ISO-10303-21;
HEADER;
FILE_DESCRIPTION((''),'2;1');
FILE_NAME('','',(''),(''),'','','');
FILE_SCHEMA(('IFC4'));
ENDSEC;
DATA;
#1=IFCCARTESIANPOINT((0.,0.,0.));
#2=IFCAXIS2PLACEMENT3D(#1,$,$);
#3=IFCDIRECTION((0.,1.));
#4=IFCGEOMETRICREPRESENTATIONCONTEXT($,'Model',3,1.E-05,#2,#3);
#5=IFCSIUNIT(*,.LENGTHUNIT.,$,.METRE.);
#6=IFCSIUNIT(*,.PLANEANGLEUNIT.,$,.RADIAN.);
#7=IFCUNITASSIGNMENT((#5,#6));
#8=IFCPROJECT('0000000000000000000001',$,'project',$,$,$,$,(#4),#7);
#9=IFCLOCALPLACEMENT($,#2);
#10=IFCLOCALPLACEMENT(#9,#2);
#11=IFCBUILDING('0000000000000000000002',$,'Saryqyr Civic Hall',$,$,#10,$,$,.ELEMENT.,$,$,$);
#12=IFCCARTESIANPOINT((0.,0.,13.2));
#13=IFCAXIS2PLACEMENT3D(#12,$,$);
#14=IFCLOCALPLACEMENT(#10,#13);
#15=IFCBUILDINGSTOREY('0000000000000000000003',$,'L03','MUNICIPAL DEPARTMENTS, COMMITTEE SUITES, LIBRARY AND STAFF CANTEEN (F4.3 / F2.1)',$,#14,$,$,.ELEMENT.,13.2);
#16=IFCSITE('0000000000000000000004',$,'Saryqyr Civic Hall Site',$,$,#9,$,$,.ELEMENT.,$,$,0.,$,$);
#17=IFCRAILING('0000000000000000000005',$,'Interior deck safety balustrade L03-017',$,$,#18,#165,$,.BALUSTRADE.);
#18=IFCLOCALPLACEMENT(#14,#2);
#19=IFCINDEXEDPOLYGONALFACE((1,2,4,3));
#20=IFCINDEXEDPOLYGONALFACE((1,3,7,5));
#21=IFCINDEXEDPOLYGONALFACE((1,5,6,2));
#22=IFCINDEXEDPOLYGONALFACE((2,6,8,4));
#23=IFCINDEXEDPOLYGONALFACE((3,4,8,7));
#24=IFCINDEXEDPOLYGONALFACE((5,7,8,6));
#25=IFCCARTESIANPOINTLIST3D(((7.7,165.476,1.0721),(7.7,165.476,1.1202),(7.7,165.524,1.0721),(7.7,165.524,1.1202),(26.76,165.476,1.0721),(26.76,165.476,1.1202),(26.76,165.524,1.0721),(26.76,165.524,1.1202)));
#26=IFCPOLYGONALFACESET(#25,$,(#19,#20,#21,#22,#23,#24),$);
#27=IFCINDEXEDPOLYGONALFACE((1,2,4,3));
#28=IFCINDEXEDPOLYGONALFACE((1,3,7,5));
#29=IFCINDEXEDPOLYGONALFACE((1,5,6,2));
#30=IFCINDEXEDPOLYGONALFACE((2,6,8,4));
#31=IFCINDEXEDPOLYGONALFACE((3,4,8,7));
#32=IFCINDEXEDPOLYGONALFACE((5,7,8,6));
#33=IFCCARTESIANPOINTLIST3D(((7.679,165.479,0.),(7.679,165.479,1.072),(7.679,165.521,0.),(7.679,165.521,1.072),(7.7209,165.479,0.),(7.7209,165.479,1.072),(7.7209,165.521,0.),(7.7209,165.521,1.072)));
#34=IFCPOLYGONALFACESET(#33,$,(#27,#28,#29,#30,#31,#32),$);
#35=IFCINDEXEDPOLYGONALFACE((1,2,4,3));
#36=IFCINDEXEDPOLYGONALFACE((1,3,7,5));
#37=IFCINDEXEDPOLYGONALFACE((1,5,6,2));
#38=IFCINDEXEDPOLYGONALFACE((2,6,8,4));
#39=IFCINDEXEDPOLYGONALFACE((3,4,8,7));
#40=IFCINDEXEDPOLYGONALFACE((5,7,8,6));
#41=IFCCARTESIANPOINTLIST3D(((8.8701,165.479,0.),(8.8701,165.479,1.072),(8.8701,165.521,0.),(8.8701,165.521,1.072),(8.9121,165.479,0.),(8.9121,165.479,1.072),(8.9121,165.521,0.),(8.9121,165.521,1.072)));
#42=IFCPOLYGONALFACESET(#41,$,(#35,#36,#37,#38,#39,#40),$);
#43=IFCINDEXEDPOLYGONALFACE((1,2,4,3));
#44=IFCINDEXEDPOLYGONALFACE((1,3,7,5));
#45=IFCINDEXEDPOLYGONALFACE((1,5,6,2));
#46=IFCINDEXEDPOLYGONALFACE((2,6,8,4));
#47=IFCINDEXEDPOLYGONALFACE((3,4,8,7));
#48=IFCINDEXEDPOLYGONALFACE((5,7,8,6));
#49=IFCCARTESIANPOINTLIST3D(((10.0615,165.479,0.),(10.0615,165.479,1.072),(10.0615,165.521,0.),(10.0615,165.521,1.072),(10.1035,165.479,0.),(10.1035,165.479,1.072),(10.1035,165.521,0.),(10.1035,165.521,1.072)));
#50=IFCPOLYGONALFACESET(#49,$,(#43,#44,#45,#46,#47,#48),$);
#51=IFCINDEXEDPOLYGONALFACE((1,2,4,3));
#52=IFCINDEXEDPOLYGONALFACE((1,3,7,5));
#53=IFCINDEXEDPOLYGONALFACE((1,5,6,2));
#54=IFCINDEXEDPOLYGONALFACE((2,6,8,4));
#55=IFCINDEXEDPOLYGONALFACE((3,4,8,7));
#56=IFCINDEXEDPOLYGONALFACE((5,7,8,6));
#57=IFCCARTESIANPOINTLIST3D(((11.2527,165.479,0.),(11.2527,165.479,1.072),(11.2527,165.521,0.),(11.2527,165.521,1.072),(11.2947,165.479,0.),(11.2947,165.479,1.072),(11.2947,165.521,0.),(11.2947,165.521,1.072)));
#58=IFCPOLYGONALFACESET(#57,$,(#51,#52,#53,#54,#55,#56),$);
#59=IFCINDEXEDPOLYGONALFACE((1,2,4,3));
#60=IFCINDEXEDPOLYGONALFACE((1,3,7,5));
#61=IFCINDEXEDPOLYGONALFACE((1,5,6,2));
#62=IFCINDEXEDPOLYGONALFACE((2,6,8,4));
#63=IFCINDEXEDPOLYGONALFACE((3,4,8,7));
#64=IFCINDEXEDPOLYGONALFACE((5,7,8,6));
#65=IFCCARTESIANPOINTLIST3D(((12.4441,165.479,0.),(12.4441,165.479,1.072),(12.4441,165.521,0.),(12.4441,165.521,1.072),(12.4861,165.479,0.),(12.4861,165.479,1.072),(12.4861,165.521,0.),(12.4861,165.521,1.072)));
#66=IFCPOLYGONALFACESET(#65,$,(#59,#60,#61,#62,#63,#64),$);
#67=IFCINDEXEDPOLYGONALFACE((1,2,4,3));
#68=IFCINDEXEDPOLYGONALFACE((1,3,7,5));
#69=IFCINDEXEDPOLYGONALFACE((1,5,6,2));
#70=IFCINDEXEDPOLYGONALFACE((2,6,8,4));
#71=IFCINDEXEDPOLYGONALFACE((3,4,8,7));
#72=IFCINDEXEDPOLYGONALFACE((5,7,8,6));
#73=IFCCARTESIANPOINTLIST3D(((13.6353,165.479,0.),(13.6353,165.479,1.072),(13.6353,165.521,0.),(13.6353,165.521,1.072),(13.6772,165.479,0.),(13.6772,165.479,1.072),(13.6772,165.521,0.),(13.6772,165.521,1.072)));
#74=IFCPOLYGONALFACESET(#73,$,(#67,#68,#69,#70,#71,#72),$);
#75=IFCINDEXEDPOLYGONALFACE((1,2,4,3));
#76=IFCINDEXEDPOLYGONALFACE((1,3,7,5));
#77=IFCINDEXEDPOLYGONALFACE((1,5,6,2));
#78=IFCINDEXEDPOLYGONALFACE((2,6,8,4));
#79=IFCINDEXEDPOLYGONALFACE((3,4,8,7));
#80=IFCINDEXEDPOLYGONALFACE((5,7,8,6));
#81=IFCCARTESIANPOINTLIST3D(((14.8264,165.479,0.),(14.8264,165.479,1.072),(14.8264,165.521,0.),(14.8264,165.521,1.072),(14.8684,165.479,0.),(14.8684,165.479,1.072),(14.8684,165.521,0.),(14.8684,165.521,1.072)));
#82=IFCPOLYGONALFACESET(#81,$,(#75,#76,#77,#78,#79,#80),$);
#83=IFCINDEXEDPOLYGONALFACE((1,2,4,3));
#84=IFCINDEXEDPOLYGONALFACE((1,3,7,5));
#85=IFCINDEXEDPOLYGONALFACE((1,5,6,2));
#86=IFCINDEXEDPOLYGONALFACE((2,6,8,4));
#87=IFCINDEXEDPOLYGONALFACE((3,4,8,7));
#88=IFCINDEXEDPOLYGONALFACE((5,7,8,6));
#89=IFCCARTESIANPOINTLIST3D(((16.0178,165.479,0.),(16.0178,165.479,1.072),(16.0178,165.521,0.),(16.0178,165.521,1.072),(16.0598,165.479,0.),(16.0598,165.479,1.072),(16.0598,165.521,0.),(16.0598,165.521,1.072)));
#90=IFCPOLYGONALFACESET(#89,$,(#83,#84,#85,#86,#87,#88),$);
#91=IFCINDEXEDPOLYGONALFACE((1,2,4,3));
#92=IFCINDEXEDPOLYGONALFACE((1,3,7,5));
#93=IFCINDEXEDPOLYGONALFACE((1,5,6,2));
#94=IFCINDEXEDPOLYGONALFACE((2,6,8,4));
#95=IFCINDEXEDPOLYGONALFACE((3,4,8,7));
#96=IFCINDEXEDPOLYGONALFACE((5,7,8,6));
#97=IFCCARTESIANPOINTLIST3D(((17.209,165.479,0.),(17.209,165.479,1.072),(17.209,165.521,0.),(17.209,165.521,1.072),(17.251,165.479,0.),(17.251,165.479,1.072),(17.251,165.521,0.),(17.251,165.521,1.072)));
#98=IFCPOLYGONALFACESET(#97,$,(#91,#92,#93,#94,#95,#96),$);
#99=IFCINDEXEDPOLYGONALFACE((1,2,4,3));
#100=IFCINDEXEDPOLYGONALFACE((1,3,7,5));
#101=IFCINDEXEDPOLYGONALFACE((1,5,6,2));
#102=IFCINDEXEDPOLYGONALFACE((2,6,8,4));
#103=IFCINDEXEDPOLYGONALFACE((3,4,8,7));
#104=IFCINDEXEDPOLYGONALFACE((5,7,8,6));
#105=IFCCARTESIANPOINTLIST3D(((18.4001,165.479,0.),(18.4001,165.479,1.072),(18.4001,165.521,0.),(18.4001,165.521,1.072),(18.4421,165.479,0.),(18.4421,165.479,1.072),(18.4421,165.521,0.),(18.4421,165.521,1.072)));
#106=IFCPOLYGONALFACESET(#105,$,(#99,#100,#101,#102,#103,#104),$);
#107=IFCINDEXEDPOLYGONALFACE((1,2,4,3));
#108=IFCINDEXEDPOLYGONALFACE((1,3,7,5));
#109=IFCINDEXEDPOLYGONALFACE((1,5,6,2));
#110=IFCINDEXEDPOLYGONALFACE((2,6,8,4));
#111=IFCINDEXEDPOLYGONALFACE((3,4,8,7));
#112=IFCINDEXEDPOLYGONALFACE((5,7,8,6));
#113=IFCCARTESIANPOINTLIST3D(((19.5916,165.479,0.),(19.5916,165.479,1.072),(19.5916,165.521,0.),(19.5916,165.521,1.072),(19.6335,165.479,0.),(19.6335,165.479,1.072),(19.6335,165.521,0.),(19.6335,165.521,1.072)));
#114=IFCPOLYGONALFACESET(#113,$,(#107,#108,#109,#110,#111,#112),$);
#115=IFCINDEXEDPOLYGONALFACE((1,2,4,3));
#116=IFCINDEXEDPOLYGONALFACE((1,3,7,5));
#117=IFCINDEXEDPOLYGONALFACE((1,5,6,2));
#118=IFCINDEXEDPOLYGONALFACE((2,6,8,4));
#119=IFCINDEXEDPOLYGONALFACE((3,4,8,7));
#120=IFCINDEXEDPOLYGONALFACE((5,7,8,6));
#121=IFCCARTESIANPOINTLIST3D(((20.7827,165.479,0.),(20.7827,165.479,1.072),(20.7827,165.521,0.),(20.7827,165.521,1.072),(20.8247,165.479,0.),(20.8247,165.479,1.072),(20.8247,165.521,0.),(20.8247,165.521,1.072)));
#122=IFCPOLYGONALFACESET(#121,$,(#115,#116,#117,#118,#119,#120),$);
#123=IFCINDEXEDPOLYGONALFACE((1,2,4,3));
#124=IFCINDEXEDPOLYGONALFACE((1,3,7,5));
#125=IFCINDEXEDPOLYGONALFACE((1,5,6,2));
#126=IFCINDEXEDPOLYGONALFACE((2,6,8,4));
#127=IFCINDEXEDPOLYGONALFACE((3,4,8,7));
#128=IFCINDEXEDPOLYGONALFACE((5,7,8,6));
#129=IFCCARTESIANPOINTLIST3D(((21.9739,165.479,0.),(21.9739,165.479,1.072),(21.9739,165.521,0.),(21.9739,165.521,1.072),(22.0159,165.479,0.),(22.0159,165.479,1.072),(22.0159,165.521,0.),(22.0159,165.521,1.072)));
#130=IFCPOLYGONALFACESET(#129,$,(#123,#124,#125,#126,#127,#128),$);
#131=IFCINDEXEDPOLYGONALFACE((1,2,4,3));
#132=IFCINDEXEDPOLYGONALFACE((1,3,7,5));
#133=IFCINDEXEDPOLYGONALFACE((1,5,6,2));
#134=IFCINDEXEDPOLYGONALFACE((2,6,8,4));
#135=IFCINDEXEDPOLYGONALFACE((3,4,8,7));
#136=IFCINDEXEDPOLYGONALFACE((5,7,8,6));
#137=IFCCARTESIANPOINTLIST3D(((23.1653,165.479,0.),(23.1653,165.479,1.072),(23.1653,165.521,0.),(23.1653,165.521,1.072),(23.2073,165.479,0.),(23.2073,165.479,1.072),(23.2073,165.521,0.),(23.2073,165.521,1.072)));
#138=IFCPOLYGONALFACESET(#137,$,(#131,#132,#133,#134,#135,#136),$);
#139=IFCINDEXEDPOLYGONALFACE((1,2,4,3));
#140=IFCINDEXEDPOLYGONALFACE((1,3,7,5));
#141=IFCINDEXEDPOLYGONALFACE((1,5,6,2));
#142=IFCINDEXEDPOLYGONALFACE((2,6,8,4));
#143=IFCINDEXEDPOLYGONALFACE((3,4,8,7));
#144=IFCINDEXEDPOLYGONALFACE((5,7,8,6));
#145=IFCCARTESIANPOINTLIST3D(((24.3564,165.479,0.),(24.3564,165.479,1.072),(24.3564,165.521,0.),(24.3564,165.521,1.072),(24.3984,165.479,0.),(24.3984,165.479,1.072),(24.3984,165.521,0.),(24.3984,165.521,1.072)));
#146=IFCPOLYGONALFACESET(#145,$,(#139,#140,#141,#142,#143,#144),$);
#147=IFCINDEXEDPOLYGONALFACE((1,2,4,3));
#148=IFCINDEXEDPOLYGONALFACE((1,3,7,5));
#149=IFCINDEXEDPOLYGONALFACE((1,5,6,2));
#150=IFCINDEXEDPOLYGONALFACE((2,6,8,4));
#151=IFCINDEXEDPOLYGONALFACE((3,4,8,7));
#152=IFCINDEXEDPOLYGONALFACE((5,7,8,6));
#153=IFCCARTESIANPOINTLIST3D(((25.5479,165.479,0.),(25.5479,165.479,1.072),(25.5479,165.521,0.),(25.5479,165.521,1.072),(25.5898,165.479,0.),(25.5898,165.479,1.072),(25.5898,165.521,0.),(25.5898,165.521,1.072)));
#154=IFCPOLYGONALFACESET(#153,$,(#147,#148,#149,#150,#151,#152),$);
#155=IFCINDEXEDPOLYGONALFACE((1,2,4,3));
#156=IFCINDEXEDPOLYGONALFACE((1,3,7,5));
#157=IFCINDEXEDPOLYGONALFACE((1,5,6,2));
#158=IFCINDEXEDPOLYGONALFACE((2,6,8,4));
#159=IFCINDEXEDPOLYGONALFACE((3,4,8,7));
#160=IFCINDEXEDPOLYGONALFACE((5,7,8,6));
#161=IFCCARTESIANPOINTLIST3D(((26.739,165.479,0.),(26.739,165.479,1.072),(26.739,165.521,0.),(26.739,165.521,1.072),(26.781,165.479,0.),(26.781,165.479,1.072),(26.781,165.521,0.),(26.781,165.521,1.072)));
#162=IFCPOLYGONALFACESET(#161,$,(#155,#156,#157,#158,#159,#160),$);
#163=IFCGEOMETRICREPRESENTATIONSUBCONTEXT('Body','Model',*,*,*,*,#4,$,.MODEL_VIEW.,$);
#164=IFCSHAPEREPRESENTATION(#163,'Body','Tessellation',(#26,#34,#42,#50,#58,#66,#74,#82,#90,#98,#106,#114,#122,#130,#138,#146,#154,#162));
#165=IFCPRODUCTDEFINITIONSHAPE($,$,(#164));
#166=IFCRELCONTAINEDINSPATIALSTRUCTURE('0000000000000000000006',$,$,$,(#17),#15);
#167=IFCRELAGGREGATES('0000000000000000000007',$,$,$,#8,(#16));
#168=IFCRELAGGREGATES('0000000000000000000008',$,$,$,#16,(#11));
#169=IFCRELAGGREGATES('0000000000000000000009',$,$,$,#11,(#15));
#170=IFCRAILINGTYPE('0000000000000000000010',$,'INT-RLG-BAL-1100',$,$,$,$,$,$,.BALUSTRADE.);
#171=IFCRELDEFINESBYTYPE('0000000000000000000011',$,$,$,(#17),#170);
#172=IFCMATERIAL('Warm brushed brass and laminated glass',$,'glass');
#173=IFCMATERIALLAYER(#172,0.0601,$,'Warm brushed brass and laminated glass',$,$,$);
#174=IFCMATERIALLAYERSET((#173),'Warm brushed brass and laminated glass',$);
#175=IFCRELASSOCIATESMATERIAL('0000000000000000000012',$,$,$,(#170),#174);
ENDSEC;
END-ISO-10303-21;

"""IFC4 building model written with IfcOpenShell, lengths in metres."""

from ifc_helpers import new_model, si_unit, direction, frame, origin, origin_2d, place, context, subcontext, project, spatial, rectangle, extrude, material, layer, layer_set, type_object, element, save


model = new_model("IFC4")

# Units and contexts
model_context = context("Model", 3, precision=1e-05, world=origin(), true_north=direction((0.0, 1.0)))
body_context = subcontext(model_context, "Body", "Model", "MODEL_VIEW")
ifc_project = project(units=[si_unit("LENGTHUNIT", "METRE"), si_unit("PLANEANGLEUNIT", "RADIAN")], contexts=[model_context])

# Site, building, storey
site_placement = place(None, origin())
site = spatial("IfcSite", under=ifc_project, at=site_placement, Name="Saryqyr Civic Hall Site", CompositionType="ELEMENT", RefElevation=0.0)
building_placement = place(site_placement, origin())
building = spatial("IfcBuilding", under=site, at=building_placement, Name="Saryqyr Civic Hall", CompositionType="ELEMENT")
storey_placement = place(building_placement, frame((0.0, 0.0, 13.2)))
storey = spatial("IfcBuildingStorey", under=building, at=storey_placement, Name="L03", Description="MUNICIPAL DEPARTMENTS, COMMITTEE SUITES, LIBRARY AND STAFF CANTEEN (F4.3 / F2.1)", CompositionType="ELEMENT", Elevation=13.2)

# Railing
ifc_material_1 = material(Name="Warm brushed brass and laminated glass", Category="glass")
ifc_layer_1 = layer(ifc_material_1, 0.0601, Name="Warm brushed brass and laminated glass")
ifc_layer_set_1 = layer_set([ifc_layer_1], Name="Warm brushed brass and laminated glass")
railing_type = type_object("IfcRailingType", Name="INT-RLG-BAL-1100", PredefinedType="BALUSTRADE", material=ifc_layer_set_1)
railing_placement = place(storey_placement, frame((7.7, 165.5, 0.0)))
element("IfcRailing", 1, at=railing_placement, inside=storey, type_object=railing_type, Name="Interior deck safety balustrade L03-017", PredefinedType="BALUSTRADE", context=body_context, shape_type="SweptSolid", body=[
    extrude(rectangle(XDim=0.0481, YDim=0.0481, at=origin_2d()), frame((0.0, 0.0, 1.0962), z_axis=(1.0, 0.0, 0.0), x_axis=(0.0, 1.0, 0.0)), (0.0, 0.0, 1.0), 19.0601),
    extrude(rectangle(XDim=0.042, YDim=0.042, at=origin_2d()), origin(), (0.0, 0.0, 1.0), 1.072),
    extrude(rectangle(XDim=0.042, YDim=0.042, at=origin_2d()), frame((1.1912, 0.0, 0.0)), (0.0, 0.0, 1.0), 1.072),
    extrude(rectangle(XDim=0.042, YDim=0.042, at=origin_2d()), frame((2.3826, 0.0, 0.0)), (0.0, 0.0, 1.0), 1.072),
    extrude(rectangle(XDim=0.042, YDim=0.042, at=origin_2d()), frame((3.5737, 0.0, 0.0)), (0.0, 0.0, 1.0), 1.072),
    extrude(rectangle(XDim=0.042, YDim=0.042, at=origin_2d()), frame((4.7651, 0.0, 0.0)), (0.0, 0.0, 1.0), 1.072),
    extrude(rectangle(XDim=0.042, YDim=0.042, at=origin_2d()), frame((5.9563, 0.0, 0.0)), (0.0, 0.0, 1.0), 1.072),
    extrude(rectangle(XDim=0.042, YDim=0.042, at=origin_2d()), frame((7.1475, 0.0, 0.0)), (0.0, 0.0, 1.0), 1.072),
    extrude(rectangle(XDim=0.042, YDim=0.042, at=origin_2d()), frame((8.3389, 0.0, 0.0)), (0.0, 0.0, 1.0), 1.072),
    extrude(rectangle(XDim=0.042, YDim=0.042, at=origin_2d()), frame((9.53, 0.0, 0.0)), (0.0, 0.0, 1.0), 1.072),
    extrude(rectangle(XDim=0.042, YDim=0.042, at=origin_2d()), frame((10.7212, 0.0, 0.0)), (0.0, 0.0, 1.0), 1.072),
    extrude(rectangle(XDim=0.042, YDim=0.042, at=origin_2d()), frame((11.9126, 0.0, 0.0)), (0.0, 0.0, 1.0), 1.072),
    extrude(rectangle(XDim=0.042, YDim=0.042, at=origin_2d()), frame((13.1038, 0.0, 0.0)), (0.0, 0.0, 1.0), 1.072),
    extrude(rectangle(XDim=0.042, YDim=0.042, at=origin_2d()), frame((14.2949, 0.0, 0.0)), (0.0, 0.0, 1.0), 1.072),
    extrude(rectangle(XDim=0.042, YDim=0.042, at=origin_2d()), frame((15.4863, 0.0, 0.0)), (0.0, 0.0, 1.0), 1.072),
    extrude(rectangle(XDim=0.042, YDim=0.042, at=origin_2d()), frame((16.6775, 0.0, 0.0)), (0.0, 0.0, 1.0), 1.072),
    extrude(rectangle(XDim=0.042, YDim=0.042, at=origin_2d()), frame((17.8689, 0.0, 0.0)), (0.0, 0.0, 1.0), 1.072),
    extrude(rectangle(XDim=0.042, YDim=0.042, at=origin_2d()), frame((19.0601, 0.0, 0.0)), (0.0, 0.0, 1.0), 1.072),
])

save(model, "model.ifc")
